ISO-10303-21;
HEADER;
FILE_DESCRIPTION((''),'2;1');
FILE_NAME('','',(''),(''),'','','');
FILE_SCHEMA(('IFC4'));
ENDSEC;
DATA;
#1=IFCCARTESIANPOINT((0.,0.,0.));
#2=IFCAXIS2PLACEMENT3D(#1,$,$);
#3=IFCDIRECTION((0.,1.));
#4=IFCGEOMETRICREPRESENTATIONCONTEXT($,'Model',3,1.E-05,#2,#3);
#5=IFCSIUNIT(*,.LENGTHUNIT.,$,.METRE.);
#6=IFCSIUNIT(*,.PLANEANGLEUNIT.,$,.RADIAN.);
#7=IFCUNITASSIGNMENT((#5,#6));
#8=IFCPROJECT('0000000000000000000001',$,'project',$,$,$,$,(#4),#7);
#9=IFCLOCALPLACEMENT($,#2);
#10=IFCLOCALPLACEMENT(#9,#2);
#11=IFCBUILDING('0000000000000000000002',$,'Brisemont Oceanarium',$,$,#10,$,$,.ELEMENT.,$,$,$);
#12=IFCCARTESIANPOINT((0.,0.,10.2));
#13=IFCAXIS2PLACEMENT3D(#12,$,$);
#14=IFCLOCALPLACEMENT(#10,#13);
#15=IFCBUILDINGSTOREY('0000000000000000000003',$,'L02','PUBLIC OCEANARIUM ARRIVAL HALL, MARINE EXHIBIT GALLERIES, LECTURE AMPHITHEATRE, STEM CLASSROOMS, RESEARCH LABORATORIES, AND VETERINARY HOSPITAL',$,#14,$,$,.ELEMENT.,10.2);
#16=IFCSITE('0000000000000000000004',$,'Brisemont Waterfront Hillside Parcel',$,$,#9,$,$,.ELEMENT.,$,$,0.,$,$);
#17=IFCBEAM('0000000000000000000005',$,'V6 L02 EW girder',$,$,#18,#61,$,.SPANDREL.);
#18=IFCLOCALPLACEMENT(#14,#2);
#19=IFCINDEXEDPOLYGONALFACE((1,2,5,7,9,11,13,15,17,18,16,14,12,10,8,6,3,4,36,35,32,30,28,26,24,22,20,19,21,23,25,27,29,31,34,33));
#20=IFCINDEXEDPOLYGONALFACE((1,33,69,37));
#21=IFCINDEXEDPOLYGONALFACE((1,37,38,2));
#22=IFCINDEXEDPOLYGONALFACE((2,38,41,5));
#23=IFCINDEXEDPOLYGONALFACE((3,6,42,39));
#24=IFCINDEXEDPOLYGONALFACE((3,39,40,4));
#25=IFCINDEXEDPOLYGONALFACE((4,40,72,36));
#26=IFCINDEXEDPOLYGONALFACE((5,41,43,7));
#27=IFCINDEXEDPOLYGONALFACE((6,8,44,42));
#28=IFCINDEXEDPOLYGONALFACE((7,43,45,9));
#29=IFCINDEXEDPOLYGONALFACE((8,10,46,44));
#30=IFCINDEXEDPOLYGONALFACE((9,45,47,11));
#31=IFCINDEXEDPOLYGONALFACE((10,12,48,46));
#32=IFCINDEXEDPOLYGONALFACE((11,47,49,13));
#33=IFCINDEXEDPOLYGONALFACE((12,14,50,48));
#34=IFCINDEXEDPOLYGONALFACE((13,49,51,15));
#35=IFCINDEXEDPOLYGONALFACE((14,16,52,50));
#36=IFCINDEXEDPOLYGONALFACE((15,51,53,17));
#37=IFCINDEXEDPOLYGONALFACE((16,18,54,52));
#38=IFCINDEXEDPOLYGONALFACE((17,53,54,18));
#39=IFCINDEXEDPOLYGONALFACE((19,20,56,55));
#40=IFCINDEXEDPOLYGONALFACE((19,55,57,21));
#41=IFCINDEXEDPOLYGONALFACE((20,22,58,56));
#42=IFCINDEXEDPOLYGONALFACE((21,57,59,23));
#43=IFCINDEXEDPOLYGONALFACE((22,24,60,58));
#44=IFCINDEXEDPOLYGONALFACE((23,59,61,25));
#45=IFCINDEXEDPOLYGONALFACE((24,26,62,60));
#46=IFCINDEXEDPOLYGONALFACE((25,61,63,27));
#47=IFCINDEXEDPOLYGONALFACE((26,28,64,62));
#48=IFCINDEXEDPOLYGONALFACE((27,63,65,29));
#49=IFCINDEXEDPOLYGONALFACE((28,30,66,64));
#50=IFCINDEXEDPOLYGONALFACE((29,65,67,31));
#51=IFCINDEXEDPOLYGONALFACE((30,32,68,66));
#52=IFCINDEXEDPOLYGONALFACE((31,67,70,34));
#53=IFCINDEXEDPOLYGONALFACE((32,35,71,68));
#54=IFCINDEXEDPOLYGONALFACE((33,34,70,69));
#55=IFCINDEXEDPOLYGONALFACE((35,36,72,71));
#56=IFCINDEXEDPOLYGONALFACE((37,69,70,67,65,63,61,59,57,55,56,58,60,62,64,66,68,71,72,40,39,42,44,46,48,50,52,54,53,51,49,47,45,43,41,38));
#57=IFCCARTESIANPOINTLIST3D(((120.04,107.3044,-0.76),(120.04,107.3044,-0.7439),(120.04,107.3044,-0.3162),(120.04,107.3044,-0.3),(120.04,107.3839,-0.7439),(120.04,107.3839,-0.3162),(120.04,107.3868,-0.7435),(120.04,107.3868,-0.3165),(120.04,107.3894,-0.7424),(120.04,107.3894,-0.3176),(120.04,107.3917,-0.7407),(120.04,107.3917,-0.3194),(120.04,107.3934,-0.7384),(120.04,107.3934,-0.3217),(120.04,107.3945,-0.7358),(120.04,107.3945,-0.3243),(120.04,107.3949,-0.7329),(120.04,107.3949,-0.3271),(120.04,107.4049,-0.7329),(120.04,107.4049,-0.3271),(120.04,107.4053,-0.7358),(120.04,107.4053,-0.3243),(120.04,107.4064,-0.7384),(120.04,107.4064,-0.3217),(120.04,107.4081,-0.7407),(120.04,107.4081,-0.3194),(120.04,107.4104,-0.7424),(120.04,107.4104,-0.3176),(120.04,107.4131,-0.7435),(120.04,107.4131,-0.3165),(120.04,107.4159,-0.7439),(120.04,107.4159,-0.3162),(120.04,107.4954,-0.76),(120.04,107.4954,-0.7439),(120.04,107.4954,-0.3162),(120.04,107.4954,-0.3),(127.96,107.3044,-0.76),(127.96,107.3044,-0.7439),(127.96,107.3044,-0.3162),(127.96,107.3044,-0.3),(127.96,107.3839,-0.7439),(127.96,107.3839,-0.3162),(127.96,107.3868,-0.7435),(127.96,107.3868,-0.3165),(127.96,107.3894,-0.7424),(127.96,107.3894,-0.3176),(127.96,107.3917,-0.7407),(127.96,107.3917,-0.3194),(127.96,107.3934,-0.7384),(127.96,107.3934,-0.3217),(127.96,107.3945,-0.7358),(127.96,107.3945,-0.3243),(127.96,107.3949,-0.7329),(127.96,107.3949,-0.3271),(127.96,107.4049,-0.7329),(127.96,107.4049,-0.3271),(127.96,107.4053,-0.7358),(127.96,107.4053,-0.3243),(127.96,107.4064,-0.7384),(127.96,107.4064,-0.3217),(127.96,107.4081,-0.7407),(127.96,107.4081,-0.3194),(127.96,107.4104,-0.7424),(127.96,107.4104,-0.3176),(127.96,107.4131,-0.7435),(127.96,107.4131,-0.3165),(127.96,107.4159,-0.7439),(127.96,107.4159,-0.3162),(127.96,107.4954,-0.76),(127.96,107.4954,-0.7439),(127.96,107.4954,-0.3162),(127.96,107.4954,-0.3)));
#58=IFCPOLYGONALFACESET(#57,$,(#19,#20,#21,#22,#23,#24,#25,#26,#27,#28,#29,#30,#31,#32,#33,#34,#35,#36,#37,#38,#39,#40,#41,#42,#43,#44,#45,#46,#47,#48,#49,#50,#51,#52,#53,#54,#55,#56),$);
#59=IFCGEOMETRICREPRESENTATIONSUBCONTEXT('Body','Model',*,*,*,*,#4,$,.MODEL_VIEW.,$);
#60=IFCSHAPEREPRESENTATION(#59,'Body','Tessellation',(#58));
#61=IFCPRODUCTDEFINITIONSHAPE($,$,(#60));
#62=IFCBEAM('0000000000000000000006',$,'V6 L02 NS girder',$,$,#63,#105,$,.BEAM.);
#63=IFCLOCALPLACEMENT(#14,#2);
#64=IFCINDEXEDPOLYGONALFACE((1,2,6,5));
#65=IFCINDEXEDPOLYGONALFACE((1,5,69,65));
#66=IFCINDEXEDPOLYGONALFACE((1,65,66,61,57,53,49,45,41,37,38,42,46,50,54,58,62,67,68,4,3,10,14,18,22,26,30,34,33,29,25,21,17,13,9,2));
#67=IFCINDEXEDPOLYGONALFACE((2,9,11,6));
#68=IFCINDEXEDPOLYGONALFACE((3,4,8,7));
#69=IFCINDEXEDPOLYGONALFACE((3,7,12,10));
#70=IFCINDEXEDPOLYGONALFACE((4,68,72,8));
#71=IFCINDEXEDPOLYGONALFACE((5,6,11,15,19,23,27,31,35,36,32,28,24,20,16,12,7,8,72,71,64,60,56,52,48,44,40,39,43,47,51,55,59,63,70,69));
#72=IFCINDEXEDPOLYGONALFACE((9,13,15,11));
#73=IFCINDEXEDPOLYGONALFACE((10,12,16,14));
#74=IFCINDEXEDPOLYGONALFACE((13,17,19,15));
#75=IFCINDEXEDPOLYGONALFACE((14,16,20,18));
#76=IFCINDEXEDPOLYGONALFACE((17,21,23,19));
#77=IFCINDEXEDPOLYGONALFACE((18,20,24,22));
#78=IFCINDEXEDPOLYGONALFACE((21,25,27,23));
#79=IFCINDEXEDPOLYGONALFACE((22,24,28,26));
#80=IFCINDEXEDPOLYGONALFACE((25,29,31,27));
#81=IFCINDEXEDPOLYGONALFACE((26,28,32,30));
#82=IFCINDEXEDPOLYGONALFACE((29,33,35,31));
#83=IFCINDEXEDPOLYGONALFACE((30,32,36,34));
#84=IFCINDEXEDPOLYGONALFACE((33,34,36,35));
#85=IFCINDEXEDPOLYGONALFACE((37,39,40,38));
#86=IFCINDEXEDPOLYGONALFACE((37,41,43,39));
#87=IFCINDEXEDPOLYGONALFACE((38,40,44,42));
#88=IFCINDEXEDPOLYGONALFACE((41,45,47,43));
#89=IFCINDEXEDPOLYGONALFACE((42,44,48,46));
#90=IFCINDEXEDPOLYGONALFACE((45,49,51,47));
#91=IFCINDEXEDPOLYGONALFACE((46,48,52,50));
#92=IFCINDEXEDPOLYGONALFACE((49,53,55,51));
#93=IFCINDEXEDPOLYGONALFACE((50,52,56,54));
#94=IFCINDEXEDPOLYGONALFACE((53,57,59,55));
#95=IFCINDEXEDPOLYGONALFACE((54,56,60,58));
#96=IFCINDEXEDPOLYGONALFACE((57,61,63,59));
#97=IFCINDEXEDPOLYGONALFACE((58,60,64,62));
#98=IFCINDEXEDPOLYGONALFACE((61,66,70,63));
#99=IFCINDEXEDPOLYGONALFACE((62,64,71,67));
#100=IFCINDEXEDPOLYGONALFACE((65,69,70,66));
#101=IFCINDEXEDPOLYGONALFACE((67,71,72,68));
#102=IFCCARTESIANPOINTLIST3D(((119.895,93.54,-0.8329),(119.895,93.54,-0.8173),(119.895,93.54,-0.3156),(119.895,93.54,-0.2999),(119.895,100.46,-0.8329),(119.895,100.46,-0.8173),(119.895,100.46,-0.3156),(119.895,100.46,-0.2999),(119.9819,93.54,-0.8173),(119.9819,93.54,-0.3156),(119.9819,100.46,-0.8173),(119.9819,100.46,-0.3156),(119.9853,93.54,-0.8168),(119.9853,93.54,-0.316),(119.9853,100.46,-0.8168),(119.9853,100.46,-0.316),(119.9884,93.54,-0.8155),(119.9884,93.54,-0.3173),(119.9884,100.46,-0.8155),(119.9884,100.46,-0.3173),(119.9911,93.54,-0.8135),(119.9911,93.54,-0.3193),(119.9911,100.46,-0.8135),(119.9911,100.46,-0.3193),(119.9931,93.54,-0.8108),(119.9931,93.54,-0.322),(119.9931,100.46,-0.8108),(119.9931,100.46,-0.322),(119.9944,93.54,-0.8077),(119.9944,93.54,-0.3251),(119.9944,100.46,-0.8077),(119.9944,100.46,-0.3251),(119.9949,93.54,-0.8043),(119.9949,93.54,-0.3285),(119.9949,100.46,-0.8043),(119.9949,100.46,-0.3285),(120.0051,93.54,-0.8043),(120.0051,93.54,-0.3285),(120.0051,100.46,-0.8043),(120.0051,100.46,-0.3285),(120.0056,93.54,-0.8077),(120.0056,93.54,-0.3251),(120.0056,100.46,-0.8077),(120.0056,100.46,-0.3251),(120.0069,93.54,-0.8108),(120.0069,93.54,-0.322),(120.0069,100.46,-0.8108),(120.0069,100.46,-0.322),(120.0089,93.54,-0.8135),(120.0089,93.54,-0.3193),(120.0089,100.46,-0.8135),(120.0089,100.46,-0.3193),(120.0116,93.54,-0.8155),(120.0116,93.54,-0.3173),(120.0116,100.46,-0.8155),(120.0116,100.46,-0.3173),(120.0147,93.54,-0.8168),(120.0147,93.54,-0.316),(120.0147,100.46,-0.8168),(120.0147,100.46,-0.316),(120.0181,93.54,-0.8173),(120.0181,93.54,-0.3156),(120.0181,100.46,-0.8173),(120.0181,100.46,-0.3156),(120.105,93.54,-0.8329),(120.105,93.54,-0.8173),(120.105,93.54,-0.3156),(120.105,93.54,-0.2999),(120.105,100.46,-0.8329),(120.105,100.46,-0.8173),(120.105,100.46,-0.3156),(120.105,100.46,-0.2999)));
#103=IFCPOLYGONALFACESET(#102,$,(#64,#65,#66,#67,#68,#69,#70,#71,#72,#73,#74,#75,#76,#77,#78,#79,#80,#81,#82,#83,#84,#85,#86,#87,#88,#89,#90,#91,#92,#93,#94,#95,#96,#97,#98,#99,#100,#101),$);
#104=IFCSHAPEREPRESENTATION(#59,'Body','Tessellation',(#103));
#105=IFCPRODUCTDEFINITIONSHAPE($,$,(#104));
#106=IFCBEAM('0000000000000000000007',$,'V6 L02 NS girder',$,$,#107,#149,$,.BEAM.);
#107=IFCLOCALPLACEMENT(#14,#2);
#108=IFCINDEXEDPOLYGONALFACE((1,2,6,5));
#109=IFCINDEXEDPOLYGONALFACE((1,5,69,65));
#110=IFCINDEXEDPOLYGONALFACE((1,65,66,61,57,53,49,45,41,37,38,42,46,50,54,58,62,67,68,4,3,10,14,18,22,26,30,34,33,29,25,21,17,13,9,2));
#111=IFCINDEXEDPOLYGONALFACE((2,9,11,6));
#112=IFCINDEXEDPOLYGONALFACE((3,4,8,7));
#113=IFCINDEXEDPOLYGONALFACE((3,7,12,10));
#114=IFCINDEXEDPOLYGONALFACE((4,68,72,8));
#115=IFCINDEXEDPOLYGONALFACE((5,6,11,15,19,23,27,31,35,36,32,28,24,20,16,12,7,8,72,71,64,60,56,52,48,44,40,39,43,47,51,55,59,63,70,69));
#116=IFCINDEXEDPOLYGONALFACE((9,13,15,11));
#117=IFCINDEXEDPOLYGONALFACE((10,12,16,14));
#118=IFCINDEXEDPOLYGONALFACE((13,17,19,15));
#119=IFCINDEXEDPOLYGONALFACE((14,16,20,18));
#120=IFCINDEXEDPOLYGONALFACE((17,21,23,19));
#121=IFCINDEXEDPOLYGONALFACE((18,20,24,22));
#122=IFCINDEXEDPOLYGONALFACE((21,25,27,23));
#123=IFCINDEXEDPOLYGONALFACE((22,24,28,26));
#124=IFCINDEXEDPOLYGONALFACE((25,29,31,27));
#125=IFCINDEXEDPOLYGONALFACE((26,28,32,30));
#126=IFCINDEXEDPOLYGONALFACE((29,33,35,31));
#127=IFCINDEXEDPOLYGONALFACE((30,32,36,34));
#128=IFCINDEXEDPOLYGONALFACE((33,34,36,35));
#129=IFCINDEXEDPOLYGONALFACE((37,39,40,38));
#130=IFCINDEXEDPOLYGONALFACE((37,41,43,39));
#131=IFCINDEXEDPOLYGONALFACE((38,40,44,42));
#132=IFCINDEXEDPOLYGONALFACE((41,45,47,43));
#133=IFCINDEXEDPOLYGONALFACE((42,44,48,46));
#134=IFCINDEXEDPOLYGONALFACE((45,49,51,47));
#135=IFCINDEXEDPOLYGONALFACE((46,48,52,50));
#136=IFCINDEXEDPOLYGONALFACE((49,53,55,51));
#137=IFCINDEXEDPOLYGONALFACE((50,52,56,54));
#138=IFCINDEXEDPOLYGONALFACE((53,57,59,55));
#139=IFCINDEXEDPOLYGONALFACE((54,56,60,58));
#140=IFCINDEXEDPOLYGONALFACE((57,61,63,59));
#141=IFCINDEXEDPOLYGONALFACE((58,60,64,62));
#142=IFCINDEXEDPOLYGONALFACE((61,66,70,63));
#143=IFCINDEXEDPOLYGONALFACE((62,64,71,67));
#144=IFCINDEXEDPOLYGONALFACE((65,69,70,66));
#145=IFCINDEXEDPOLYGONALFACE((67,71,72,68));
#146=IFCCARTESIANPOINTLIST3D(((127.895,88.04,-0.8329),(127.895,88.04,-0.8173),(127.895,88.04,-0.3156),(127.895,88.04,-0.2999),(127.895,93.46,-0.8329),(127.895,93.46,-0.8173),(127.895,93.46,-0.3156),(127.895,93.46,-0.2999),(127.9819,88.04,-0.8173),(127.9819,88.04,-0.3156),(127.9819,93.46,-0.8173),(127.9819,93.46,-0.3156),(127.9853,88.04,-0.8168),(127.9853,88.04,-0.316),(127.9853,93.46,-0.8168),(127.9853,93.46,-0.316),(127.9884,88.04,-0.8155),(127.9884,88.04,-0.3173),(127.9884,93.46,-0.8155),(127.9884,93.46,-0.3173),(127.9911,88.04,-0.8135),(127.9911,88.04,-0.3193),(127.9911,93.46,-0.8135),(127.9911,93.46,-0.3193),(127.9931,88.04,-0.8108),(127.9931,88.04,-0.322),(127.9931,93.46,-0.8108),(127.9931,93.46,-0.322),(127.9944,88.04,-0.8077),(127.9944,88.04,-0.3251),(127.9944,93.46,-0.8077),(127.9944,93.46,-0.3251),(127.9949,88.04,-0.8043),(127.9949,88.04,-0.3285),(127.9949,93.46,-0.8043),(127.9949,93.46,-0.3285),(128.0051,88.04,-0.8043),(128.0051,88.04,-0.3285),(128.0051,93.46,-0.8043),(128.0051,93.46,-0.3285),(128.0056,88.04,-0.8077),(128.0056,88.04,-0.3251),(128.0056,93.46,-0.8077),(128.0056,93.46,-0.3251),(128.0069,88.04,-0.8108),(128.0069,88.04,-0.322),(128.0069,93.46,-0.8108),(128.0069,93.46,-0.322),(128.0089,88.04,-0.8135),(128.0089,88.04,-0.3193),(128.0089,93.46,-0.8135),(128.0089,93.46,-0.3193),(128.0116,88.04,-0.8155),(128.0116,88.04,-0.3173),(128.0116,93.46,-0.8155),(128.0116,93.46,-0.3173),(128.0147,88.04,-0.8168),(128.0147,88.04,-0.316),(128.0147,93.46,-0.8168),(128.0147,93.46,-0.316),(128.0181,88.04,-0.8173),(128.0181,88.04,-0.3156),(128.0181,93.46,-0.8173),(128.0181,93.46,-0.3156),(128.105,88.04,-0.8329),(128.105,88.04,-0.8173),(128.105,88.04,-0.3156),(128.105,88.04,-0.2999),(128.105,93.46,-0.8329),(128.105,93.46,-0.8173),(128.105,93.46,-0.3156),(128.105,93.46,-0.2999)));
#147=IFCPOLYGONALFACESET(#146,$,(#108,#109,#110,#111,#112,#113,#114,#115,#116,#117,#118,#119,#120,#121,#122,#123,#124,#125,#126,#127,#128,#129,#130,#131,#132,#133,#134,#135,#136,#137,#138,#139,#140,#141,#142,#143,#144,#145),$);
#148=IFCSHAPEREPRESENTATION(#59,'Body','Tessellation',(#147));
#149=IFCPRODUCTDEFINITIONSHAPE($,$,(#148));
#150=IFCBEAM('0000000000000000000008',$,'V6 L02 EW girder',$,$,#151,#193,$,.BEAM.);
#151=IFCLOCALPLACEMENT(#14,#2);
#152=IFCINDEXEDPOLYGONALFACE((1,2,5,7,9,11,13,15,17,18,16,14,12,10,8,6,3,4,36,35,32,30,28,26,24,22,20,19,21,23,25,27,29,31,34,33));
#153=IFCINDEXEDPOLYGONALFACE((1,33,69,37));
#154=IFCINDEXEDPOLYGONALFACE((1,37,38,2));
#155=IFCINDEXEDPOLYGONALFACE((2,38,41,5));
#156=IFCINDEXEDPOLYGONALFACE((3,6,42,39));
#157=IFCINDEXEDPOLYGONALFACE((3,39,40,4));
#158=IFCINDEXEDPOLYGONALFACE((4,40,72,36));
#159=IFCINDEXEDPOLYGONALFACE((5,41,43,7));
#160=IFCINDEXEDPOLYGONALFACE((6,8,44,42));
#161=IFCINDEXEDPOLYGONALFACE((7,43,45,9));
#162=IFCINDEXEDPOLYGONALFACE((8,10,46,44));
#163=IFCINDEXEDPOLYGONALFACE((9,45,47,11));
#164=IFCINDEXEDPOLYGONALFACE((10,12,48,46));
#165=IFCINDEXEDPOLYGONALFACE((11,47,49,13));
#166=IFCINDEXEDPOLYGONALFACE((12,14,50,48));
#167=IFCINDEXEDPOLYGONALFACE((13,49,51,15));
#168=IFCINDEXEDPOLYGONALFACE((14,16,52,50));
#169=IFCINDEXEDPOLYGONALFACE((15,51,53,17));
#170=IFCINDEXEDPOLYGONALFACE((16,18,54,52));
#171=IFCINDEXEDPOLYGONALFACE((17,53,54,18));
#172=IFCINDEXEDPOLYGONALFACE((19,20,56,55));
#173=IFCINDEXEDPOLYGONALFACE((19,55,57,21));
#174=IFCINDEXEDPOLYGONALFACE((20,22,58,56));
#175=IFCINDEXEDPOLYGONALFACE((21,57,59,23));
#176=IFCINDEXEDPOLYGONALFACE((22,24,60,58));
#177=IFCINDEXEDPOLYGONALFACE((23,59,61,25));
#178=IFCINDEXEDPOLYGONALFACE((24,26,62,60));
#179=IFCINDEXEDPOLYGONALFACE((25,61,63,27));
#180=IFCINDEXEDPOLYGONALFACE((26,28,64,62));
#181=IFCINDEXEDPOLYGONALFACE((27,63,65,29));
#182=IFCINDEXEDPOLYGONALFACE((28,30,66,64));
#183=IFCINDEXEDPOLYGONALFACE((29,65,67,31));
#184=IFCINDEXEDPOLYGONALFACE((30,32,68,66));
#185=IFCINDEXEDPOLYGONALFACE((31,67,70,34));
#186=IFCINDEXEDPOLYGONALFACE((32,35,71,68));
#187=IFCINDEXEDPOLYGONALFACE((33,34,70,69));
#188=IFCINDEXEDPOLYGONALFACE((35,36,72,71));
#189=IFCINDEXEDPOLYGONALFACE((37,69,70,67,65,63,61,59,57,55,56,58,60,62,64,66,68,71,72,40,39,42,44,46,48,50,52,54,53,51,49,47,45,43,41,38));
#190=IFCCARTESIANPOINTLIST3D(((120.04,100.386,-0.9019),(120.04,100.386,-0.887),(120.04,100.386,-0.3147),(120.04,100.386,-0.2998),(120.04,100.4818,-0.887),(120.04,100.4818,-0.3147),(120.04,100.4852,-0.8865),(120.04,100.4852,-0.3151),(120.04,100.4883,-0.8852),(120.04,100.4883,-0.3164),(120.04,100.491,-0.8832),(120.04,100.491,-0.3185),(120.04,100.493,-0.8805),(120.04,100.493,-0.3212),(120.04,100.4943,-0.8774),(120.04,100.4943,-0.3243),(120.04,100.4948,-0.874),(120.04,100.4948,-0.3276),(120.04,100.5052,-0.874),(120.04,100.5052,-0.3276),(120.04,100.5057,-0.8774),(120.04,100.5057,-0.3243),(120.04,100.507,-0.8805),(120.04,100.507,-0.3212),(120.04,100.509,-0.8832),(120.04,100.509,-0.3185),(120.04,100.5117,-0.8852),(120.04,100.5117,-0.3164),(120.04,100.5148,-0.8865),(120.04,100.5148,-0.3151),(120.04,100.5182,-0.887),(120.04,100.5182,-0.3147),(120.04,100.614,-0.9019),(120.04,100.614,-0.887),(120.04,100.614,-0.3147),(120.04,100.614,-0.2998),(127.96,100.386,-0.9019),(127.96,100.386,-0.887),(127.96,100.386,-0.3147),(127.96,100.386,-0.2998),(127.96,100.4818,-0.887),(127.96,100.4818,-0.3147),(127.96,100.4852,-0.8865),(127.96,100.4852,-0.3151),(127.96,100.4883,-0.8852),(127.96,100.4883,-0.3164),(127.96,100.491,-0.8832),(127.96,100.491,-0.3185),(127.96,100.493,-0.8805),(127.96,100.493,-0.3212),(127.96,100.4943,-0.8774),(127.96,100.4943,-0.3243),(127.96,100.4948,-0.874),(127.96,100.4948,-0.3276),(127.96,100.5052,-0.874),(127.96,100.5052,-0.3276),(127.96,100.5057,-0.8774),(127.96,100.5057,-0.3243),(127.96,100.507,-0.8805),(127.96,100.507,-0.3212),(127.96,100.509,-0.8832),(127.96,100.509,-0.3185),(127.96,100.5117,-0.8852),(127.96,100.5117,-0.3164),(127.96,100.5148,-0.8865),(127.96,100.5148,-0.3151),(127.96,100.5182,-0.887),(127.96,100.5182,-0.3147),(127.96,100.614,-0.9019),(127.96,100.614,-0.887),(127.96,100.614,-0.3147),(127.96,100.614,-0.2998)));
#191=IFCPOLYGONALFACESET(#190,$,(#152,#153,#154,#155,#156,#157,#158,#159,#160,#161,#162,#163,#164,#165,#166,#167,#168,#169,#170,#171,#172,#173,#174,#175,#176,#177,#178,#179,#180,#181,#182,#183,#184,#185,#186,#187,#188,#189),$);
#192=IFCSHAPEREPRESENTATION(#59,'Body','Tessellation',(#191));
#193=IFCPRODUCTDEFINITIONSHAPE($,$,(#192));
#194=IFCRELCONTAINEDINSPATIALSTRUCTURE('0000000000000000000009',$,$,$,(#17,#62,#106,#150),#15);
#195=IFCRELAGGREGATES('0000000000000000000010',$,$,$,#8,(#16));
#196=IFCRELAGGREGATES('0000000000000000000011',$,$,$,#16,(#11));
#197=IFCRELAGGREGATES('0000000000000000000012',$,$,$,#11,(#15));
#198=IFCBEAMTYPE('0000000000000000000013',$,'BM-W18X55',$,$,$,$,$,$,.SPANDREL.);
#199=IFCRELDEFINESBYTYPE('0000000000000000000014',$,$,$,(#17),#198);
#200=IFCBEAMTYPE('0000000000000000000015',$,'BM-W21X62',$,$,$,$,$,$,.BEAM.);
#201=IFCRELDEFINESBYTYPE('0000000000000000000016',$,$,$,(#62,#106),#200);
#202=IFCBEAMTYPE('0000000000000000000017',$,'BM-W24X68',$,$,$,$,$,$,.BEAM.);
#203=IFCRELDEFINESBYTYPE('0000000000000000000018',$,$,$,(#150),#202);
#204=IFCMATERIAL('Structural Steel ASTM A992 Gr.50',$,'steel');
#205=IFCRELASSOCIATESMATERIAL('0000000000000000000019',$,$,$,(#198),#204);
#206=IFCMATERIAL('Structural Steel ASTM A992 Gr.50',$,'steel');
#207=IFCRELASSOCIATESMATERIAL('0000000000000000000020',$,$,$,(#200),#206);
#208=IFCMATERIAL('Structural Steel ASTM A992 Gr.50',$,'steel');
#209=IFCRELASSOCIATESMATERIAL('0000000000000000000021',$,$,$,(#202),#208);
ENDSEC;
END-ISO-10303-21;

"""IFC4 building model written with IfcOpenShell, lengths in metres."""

from ifc_helpers import new_model, si_unit, direction, frame, origin, origin_2d, place, context, subcontext, project, spatial, i_section, extrude, material, material_profile, profile_set, type_object, element, save


model = new_model("IFC4")

# Units and contexts
model_context = context("Model", 3, precision=1e-05, world=origin(), true_north=direction((0.0, 1.0)))
body_context = subcontext(model_context, "Body", "Model", "MODEL_VIEW")
ifc_project = project(units=[si_unit("LENGTHUNIT", "METRE"), si_unit("PLANEANGLEUNIT", "RADIAN")], contexts=[model_context])

# Site, building, storey
site_placement = place(None, origin())
site = spatial("IfcSite", under=ifc_project, at=site_placement, Name="Brisemont Waterfront Hillside Parcel", CompositionType="ELEMENT", RefElevation=0.0)
building_placement = place(site_placement, origin())
building = spatial("IfcBuilding", under=site, at=building_placement, Name="Brisemont Oceanarium", CompositionType="ELEMENT")
storey_placement = place(building_placement, frame((0.0, 0.0, 10.2)))
storey = spatial("IfcBuildingStorey", under=building, at=storey_placement, Name="L02", Description="PUBLIC OCEANARIUM ARRIVAL HALL, MARINE EXHIBIT GALLERIES, LECTURE AMPHITHEATRE, STEM CLASSROOMS, RESEARCH LABORATORIES, AND VETERINARY HOSPITAL", CompositionType="ELEMENT", Elevation=10.2)

# Beams
ifc_material_1 = material(Name="Structural Steel ASTM A992 Gr.50", Category="steel")
ifc_material_profile_1 = material_profile(ifc_material_1, i_section(OverallWidth=0.1909, OverallDepth=0.46, WebThickness=0.01, FlangeThickness=0.0161, FilletRadius=0.011, at=origin_2d()), Name="W18X55")
ifc_profile_set_1 = profile_set([ifc_material_profile_1], Name="Structural Steel ASTM A992 Gr.50")
beam_type_1 = type_object("IfcBeamType", Name="BM-W18X55", PredefinedType="SPANDREL", material=ifc_profile_set_1)
beam_1_placement = place(storey_placement, frame((120.04, 107.3999, -0.53), z_axis=(1.0, 0.0, 0.0), x_axis=(0.0, 1.0, 0.0)))
element("IfcBeam", 1, at=beam_1_placement, inside=storey, type_object=beam_type_1, Name="V6 L02 EW girder", PredefinedType="SPANDREL", context=body_context, shape_type="SweptSolid", body=[
    extrude(i_section(OverallWidth=0.1909, OverallDepth=0.46, WebThickness=0.01, FlangeThickness=0.0161, FilletRadius=0.011, at=origin_2d()), origin(), (0.0, 0.0, 1.0), 7.9199),
])
ifc_material_2 = material(Name="Structural Steel ASTM A992 Gr.50", Category="steel")
ifc_material_profile_2 = material_profile(ifc_material_2, i_section(OverallWidth=0.21, OverallDepth=0.533, WebThickness=0.0103, FlangeThickness=0.0156, FilletRadius=0.0129, at=origin_2d()), Name="W21X62")
ifc_profile_set_2 = profile_set([ifc_material_profile_2], Name="Structural Steel ASTM A992 Gr.50")
beam_type_2 = type_object("IfcBeamType", Name="BM-W21X62", PredefinedType="BEAM", material=ifc_profile_set_2)
beam_2_placement = place(storey_placement, frame((120.0, 93.54, -0.5664), z_axis=(0.0, 1.0, 0.0), x_axis=(-1.0, 0.0, 0.0)))
element("IfcBeam", 2, at=beam_2_placement, inside=storey, type_object=beam_type_2, Name="V6 L02 NS girder", PredefinedType="BEAM", context=body_context, shape_type="SweptSolid", body=[
    extrude(i_section(OverallWidth=0.21, OverallDepth=0.533, WebThickness=0.0103, FlangeThickness=0.0156, FilletRadius=0.0129, at=origin_2d()), origin(), (0.0, 0.0, 1.0), 6.9199),
])
beam_3_placement = place(storey_placement, frame((128.0, 88.04, -0.5664), z_axis=(0.0, 1.0, 0.0), x_axis=(-1.0, 0.0, 0.0)))
element("IfcBeam", 3, at=beam_3_placement, inside=storey, type_object=beam_type_2, Name="V6 L02 NS girder", PredefinedType="BEAM", context=body_context, shape_type="SweptSolid", body=[
    extrude(i_section(OverallWidth=0.21, OverallDepth=0.533, WebThickness=0.0103, FlangeThickness=0.0156, FilletRadius=0.0129, at=origin_2d()), origin(), (0.0, 0.0, 1.0), 5.4199),
])
ifc_material_3 = material(Name="Structural Steel ASTM A992 Gr.50", Category="steel")
ifc_material_profile_3 = material_profile(ifc_material_3, i_section(OverallWidth=0.228, OverallDepth=0.6021, WebThickness=0.0105, FlangeThickness=0.0149, FilletRadius=0.0129, at=origin_2d()), Name="W24X68")
ifc_profile_set_3 = profile_set([ifc_material_profile_3], Name="Structural Steel ASTM A992 Gr.50")
beam_type_3 = type_object("IfcBeamType", Name="BM-W24X68", PredefinedType="BEAM", material=ifc_profile_set_3)
beam_4_placement = place(storey_placement, frame((120.04, 100.5, -0.6008), z_axis=(1.0, 0.0, 0.0), x_axis=(0.0, 1.0, 0.0)))
element("IfcBeam", 4, at=beam_4_placement, inside=storey, type_object=beam_type_3, Name="V6 L02 EW girder", PredefinedType="BEAM", context=body_context, shape_type="SweptSolid", body=[
    extrude(i_section(OverallWidth=0.228, OverallDepth=0.6021, WebThickness=0.0105, FlangeThickness=0.0149, FilletRadius=0.0129, at=origin_2d()), origin(), (0.0, 0.0, 1.0), 7.9199),
])

save(model, "model.ifc")
